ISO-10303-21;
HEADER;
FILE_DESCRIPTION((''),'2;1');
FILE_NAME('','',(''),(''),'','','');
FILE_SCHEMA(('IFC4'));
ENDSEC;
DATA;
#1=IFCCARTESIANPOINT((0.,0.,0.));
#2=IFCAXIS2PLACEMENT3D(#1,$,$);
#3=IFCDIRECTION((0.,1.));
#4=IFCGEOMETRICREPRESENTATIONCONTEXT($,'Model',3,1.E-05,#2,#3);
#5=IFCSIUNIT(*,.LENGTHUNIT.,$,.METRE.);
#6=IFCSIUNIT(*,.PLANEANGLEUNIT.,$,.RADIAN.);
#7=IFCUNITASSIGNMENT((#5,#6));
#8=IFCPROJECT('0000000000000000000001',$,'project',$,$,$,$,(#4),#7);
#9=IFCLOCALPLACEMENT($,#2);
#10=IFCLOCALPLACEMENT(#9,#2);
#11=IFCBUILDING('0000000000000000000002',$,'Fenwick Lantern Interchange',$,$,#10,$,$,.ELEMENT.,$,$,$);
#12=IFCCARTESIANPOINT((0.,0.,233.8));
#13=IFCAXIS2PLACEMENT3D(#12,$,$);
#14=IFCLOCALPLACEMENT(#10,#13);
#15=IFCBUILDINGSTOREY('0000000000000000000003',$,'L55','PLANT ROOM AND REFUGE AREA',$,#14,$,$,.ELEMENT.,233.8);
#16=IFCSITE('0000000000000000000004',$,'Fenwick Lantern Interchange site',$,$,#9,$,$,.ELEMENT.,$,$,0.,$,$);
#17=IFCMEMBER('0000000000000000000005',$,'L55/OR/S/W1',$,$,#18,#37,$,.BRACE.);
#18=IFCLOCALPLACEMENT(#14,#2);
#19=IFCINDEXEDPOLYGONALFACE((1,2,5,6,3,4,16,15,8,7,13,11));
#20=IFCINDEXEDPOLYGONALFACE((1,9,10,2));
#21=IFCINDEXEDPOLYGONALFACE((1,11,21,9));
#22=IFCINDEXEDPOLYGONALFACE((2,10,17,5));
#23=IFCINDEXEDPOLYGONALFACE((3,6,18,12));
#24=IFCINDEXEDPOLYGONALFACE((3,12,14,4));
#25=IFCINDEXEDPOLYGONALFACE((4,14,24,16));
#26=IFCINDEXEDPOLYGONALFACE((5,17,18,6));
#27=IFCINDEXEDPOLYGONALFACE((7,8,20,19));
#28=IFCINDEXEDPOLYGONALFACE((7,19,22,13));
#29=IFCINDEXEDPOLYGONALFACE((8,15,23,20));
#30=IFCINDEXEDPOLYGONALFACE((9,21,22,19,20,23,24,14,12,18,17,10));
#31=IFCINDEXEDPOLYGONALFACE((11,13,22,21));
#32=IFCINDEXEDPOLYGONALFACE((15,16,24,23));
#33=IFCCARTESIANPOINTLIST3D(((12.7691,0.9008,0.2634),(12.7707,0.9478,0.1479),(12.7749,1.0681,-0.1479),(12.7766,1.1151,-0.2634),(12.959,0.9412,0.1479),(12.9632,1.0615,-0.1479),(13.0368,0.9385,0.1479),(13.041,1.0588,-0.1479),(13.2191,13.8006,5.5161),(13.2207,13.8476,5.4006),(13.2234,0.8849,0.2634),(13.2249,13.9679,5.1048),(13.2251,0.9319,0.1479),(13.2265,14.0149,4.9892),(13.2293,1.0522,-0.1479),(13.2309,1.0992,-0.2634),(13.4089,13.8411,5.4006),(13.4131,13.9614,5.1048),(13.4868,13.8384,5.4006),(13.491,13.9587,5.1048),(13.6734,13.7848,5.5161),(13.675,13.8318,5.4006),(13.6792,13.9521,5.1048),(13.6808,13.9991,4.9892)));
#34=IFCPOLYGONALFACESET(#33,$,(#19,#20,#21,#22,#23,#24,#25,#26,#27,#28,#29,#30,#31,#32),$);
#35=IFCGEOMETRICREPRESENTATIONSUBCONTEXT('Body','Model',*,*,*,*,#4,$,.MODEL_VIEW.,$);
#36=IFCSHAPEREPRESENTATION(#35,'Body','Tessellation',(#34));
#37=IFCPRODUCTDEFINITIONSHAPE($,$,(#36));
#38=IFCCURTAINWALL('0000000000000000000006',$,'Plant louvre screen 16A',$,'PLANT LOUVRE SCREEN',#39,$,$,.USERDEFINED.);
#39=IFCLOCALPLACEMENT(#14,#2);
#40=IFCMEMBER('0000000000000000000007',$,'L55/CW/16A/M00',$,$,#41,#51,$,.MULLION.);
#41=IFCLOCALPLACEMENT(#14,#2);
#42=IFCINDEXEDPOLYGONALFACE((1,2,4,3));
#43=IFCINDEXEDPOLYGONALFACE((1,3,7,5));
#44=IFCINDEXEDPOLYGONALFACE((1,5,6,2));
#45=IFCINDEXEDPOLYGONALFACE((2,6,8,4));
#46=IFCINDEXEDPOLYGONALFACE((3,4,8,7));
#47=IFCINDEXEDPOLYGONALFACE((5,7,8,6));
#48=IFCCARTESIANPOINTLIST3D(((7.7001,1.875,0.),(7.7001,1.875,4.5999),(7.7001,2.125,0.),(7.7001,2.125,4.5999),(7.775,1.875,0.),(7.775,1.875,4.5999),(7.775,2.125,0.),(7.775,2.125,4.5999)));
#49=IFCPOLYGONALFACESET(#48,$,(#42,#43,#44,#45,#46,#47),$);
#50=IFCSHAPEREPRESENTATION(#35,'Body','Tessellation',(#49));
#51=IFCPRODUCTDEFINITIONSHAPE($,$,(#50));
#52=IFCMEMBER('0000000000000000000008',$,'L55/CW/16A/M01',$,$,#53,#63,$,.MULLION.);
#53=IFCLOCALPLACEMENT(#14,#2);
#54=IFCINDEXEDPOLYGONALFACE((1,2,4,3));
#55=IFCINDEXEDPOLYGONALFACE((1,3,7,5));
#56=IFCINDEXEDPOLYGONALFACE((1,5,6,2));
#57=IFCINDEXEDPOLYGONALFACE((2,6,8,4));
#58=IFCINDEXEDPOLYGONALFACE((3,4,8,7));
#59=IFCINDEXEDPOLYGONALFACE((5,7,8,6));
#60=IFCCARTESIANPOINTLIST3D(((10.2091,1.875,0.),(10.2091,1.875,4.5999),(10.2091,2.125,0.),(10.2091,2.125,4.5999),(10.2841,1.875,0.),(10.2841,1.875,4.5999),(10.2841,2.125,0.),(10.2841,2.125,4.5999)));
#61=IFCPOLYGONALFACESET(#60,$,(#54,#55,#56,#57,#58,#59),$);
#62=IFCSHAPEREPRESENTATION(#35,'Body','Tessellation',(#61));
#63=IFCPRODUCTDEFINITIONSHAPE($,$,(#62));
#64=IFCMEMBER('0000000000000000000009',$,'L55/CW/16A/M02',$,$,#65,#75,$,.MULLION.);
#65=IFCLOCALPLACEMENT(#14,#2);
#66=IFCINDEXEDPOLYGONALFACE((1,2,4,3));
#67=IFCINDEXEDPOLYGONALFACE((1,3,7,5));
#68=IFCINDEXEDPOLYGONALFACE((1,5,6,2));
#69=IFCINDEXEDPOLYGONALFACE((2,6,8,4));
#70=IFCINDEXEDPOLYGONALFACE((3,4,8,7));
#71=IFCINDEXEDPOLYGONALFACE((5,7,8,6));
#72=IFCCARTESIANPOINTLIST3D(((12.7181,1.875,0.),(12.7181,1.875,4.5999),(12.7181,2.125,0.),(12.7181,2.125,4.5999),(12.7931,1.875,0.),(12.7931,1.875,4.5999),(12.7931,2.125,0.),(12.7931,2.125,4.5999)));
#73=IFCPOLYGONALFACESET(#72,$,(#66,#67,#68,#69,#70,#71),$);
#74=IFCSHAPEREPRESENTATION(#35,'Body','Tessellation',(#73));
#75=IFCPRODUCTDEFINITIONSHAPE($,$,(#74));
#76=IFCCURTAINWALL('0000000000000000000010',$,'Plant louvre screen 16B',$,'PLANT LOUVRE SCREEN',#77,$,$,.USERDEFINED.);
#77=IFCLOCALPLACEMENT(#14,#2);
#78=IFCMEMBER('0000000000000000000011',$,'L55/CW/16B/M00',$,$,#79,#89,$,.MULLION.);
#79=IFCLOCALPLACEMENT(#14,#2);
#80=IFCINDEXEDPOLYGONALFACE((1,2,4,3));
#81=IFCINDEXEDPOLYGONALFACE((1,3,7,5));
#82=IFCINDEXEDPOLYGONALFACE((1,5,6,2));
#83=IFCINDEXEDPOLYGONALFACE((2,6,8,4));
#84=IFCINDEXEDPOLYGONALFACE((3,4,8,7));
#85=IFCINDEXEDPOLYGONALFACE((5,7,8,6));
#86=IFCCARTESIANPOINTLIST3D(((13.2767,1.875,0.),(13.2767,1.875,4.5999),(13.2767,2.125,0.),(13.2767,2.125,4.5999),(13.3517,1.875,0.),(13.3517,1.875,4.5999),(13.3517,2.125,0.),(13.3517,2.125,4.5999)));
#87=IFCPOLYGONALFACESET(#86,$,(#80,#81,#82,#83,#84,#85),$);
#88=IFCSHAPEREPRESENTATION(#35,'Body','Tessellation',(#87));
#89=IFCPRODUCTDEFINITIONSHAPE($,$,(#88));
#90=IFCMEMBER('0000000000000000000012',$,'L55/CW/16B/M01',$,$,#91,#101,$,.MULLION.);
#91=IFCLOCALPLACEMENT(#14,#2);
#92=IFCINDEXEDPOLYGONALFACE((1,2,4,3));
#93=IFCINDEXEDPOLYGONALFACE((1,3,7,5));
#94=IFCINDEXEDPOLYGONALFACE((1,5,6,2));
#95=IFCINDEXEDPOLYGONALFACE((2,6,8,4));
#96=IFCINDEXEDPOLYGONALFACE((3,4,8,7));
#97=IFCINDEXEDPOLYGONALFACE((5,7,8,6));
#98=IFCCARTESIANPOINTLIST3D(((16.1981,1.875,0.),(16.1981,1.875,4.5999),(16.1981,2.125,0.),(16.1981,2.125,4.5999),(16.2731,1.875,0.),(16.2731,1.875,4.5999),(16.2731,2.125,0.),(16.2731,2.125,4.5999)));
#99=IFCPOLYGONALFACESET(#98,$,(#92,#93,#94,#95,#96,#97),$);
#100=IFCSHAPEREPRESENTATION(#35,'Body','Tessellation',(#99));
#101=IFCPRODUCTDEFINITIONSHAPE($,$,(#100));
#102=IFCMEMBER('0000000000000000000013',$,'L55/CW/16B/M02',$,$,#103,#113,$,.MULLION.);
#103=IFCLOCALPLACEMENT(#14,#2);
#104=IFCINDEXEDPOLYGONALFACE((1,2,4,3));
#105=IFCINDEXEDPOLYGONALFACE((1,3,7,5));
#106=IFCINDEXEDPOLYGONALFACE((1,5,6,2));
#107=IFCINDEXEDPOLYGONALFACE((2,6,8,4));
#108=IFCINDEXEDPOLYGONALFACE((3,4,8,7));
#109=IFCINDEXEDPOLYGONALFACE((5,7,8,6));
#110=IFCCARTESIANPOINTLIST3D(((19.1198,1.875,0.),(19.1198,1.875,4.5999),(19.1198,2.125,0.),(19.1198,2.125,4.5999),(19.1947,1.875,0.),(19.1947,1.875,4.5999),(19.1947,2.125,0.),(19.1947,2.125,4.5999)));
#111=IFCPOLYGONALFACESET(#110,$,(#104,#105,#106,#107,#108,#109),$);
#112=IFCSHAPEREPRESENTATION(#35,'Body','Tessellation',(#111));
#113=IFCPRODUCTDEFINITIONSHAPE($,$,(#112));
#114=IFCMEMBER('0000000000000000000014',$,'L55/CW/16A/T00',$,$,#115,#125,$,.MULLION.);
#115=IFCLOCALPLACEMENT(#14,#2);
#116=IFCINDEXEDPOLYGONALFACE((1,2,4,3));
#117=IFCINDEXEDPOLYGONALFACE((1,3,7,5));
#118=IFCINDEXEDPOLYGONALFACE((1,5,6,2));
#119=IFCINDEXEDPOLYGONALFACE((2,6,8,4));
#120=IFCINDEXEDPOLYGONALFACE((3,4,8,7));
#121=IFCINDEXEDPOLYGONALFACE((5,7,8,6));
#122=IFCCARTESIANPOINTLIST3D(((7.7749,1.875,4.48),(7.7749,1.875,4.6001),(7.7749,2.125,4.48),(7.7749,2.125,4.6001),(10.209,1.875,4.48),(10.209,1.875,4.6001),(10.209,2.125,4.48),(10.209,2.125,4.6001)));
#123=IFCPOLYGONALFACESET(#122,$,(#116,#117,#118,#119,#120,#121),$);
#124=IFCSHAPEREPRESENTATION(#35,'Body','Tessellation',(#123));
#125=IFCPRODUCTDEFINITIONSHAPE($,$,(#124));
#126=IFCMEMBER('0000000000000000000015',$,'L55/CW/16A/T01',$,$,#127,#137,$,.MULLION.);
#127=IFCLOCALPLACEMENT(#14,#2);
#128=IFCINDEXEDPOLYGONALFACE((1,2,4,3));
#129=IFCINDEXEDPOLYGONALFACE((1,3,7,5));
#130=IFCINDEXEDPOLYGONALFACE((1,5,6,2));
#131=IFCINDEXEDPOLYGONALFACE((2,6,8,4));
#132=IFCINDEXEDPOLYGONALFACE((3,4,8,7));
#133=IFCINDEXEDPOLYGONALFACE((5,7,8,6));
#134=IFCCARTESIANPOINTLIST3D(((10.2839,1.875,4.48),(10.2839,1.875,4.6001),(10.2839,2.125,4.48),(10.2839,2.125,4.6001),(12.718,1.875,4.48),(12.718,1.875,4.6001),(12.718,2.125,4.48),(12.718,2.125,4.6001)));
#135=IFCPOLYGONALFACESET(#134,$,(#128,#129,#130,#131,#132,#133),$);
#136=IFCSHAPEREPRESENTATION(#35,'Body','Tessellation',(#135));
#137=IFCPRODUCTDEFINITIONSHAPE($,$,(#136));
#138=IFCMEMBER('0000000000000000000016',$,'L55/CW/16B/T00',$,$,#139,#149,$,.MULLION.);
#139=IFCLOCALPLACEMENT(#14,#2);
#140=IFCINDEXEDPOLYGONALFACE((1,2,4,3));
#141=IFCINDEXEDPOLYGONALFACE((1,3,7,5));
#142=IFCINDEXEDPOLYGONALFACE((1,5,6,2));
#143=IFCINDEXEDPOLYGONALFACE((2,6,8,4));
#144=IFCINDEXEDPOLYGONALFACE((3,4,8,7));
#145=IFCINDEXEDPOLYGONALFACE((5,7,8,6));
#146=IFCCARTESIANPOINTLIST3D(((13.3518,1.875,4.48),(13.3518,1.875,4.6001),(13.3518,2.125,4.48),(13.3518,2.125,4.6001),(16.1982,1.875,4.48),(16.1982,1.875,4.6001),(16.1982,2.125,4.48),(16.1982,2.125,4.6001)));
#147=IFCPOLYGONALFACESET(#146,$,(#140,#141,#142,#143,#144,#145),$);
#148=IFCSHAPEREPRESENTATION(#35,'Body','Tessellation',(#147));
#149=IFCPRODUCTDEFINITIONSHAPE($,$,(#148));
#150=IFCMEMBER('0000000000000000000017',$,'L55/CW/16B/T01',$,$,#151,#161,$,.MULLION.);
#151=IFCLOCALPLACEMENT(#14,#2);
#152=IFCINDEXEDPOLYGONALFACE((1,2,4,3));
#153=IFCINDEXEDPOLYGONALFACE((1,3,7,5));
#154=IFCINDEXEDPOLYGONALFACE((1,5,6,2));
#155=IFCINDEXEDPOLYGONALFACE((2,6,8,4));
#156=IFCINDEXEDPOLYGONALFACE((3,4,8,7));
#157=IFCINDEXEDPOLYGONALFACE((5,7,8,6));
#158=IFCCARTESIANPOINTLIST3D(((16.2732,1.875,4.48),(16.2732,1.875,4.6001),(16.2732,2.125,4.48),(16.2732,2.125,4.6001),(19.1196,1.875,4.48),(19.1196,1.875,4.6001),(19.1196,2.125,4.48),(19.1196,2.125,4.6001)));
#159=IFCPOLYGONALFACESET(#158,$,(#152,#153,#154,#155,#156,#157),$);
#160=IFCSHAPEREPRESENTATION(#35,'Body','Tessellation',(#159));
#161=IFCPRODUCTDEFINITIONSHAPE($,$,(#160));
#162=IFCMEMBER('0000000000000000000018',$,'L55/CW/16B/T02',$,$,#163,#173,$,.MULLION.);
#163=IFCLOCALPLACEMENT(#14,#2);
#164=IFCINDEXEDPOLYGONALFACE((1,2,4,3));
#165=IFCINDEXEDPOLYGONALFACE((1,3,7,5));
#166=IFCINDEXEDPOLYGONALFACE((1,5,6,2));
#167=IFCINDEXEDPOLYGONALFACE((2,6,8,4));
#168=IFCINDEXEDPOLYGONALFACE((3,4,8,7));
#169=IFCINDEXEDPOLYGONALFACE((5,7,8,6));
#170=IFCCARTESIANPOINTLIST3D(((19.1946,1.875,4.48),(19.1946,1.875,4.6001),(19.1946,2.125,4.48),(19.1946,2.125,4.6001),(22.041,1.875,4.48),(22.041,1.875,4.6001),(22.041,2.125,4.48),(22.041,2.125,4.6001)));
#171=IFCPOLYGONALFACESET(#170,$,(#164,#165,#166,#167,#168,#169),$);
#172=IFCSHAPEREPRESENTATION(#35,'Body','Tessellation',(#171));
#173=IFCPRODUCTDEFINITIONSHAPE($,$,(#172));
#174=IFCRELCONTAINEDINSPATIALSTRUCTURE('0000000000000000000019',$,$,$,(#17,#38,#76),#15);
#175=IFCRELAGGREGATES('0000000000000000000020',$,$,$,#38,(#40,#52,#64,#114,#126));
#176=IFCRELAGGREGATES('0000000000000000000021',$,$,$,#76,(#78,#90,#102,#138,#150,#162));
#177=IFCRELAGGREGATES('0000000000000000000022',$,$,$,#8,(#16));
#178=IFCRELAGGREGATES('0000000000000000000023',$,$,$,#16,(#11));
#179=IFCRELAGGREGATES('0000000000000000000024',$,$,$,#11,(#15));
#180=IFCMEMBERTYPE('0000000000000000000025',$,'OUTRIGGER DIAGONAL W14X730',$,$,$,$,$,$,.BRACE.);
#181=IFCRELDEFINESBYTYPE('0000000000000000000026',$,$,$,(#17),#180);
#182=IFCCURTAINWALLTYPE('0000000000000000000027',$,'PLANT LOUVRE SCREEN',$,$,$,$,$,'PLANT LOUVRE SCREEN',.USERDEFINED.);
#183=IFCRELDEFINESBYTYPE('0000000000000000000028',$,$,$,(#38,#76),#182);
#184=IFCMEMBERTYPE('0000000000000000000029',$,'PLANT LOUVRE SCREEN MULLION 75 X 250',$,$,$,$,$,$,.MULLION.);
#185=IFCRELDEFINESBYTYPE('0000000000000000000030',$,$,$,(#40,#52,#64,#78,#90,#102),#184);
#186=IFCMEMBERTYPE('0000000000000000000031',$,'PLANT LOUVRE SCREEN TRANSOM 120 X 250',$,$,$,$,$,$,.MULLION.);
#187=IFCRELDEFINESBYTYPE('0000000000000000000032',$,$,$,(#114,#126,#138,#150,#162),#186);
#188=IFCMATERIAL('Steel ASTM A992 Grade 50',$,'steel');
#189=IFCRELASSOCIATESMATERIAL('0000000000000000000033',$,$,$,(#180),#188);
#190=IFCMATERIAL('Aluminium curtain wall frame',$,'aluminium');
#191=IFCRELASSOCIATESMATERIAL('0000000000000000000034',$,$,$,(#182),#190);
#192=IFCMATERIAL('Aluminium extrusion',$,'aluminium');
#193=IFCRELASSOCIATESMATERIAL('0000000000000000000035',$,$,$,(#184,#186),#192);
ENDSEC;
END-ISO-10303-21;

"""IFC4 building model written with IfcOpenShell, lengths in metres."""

from ifc_helpers import new_model, si_unit, direction, frame, origin, origin_2d, place, context, subcontext, project, spatial, rectangle, i_section, extrude, material, material_profile, profile_set, type_object, element, aggregate, save


model = new_model("IFC4")

# Units and contexts
model_context = context("Model", 3, precision=1e-05, world=origin(), true_north=direction((0.0, 1.0)))
body_context = subcontext(model_context, "Body", "Model", "MODEL_VIEW")
ifc_project = project(units=[si_unit("LENGTHUNIT", "METRE"), si_unit("PLANEANGLEUNIT", "RADIAN")], contexts=[model_context])

# Site, building, storey
site_placement = place(None, origin())
site = spatial("IfcSite", under=ifc_project, at=site_placement, Name="Fenwick Lantern Interchange site", CompositionType="ELEMENT", RefElevation=0.0)
building_placement = place(site_placement, origin())
building = spatial("IfcBuilding", under=site, at=building_placement, Name="Fenwick Lantern Interchange", CompositionType="ELEMENT")
storey_placement = place(building_placement, frame((0.0, 0.0, 233.8)))
storey = spatial("IfcBuildingStorey", under=building, at=storey_placement, Name="L55", Description="PLANT ROOM AND REFUGE AREA", CompositionType="ELEMENT", Elevation=233.8)

# Shared definitions
ifc_material_1 = material(Name="Steel ASTM A992 Grade 50", Category="steel")

# Member
ifc_material_profile_1 = material_profile(ifc_material_1, i_section(OverallWidth=0.4546, OverallDepth=0.5688, WebThickness=0.0779, FlangeThickness=0.1248, at=origin_2d()), Name="W14X730")
ifc_profile_set_1 = profile_set([ifc_material_profile_1], Name="Steel ASTM A992 Grade 50")
member_type_1 = type_object("IfcMemberType", Name="OUTRIGGER DIAGONAL W14X730", PredefinedType="BRACE", material=ifc_profile_set_1)
member_1_placement = place(storey_placement, frame((13.0, 1.0, 0.0), z_axis=(0.032288, 0.92568, 0.376926), x_axis=(-0.999392, 0.034859, 0.0)))
element("IfcMember", 1, at=member_1_placement, inside=storey, type_object=member_type_1, Name="L55/OR/S/W1", PredefinedType="BRACE", context=body_context, shape_type="SweptSolid", body=[
    extrude(i_section(OverallWidth=0.4546, OverallDepth=0.5688, WebThickness=0.0779, FlangeThickness=0.1248, at=origin_2d()), origin(), (0.0, 0.0, 1.0), 13.9355),
])

# Curtain walls, members
ifc_material_2 = material(Name="Aluminium curtain wall frame", Category="aluminium")
curtain_wall_type = type_object("IfcCurtainWallType", Name="PLANT LOUVRE SCREEN", ElementType="PLANT LOUVRE SCREEN", PredefinedType="USERDEFINED", material=ifc_material_2)
curtain_wall_1_placement = place(storey_placement, origin())
curtain_wall_1 = element("IfcCurtainWall", 2, at=curtain_wall_1_placement, inside=storey, type_object=curtain_wall_type, Name="Plant louvre screen 16A", ObjectType="PLANT LOUVRE SCREEN", PredefinedType="USERDEFINED")
ifc_material_3 = material(Name="Aluminium extrusion", Category="aluminium")
ifc_material_profile_2 = material_profile(ifc_material_3, rectangle(XDim=0.25, YDim=0.075, at=origin_2d()), Name="PLANT LOUVRE SCREEN MULLION 75 X 250")
ifc_profile_set_2 = profile_set([ifc_material_profile_2], Name="Aluminium extrusion")
member_type_2 = type_object("IfcMemberType", Name="PLANT LOUVRE SCREEN MULLION 75 X 250", PredefinedType="MULLION", material=ifc_profile_set_2)
member_2_placement = place(storey_placement, frame((7.7375, 2.0, 0.0), z_axis=(0.0, 0.0, 1.0), x_axis=(0.0, 1.0, 0.0)))
member_2 = element("IfcMember", 3, at=member_2_placement, type_object=member_type_2, Name="L55/CW/16A/M00", PredefinedType="MULLION", context=body_context, shape_type="SweptSolid", body=[
    extrude(rectangle(XDim=0.25, YDim=0.075, at=origin_2d()), origin(), (0.0, 0.0, 1.0), 4.5999),
])
member_3_placement = place(storey_placement, frame((10.2466, 2.0, 0.0), z_axis=(0.0, 0.0, 1.0), x_axis=(0.0, 1.0, 0.0)))
member_3 = element("IfcMember", 4, at=member_3_placement, type_object=member_type_2, Name="L55/CW/16A/M01", PredefinedType="MULLION", context=body_context, shape_type="SweptSolid", body=[
    extrude(rectangle(XDim=0.25, YDim=0.075, at=origin_2d()), origin(), (0.0, 0.0, 1.0), 4.5999),
])
member_4_placement = place(storey_placement, frame((12.7556, 2.0, 0.0), z_axis=(0.0, 0.0, 1.0), x_axis=(0.0, 1.0, 0.0)))
member_4 = element("IfcMember", 5, at=member_4_placement, type_object=member_type_2, Name="L55/CW/16A/M02", PredefinedType="MULLION", context=body_context, shape_type="SweptSolid", body=[
    extrude(rectangle(XDim=0.25, YDim=0.075, at=origin_2d()), origin(), (0.0, 0.0, 1.0), 4.5999),
])
curtain_wall_2_placement = place(storey_placement, origin())
curtain_wall_2 = element("IfcCurtainWall", 6, at=curtain_wall_2_placement, inside=storey, type_object=curtain_wall_type, Name="Plant louvre screen 16B", ObjectType="PLANT LOUVRE SCREEN", PredefinedType="USERDEFINED")
member_5_placement = place(storey_placement, frame((13.3142, 2.0, 0.0), z_axis=(0.0, 0.0, 1.0), x_axis=(0.0, 1.0, 0.0)))
member_5 = element("IfcMember", 7, at=member_5_placement, type_object=member_type_2, Name="L55/CW/16B/M00", PredefinedType="MULLION", context=body_context, shape_type="SweptSolid", body=[
    extrude(rectangle(XDim=0.25, YDim=0.075, at=origin_2d()), origin(), (0.0, 0.0, 1.0), 4.5999),
])
member_6_placement = place(storey_placement, frame((16.2356, 2.0, 0.0), z_axis=(0.0, 0.0, 1.0), x_axis=(0.0, 1.0, 0.0)))
member_6 = element("IfcMember", 8, at=member_6_placement, type_object=member_type_2, Name="L55/CW/16B/M01", PredefinedType="MULLION", context=body_context, shape_type="SweptSolid", body=[
    extrude(rectangle(XDim=0.25, YDim=0.075, at=origin_2d()), origin(), (0.0, 0.0, 1.0), 4.5999),
])
member_7_placement = place(storey_placement, frame((19.1572, 2.0, 0.0), z_axis=(0.0, 0.0, 1.0), x_axis=(0.0, 1.0, 0.0)))
member_7 = element("IfcMember", 9, at=member_7_placement, type_object=member_type_2, Name="L55/CW/16B/M02", PredefinedType="MULLION", context=body_context, shape_type="SweptSolid", body=[
    extrude(rectangle(XDim=0.25, YDim=0.075, at=origin_2d()), origin(), (0.0, 0.0, 1.0), 4.5999),
])

# Members
ifc_material_profile_3 = material_profile(ifc_material_3, rectangle(XDim=0.25, YDim=0.1201, at=origin_2d()), Name="PLANT LOUVRE SCREEN TRANSOM 120 X 250")
ifc_profile_set_3 = profile_set([ifc_material_profile_3], Name="Aluminium extrusion")
member_type_3 = type_object("IfcMemberType", Name="PLANT LOUVRE SCREEN TRANSOM 120 X 250", PredefinedType="MULLION", material=ifc_profile_set_3)
member_8_placement = place(storey_placement, frame((7.7749, 2.0, 4.54), z_axis=(1.0, 0.0, 0.0), x_axis=(0.0, 1.0, 0.0)))
member_8 = element("IfcMember", 10, at=member_8_placement, type_object=member_type_3, Name="L55/CW/16A/T00", PredefinedType="MULLION", context=body_context, shape_type="SweptSolid", body=[
    extrude(rectangle(XDim=0.25, YDim=0.1201, at=origin_2d()), origin(), (0.0, 0.0, 1.0), 2.4341),
])
member_9_placement = place(storey_placement, frame((10.2839, 2.0, 4.54), z_axis=(1.0, 0.0, 0.0), x_axis=(0.0, 1.0, 0.0)))
member_9 = element("IfcMember", 11, at=member_9_placement, type_object=member_type_3, Name="L55/CW/16A/T01", PredefinedType="MULLION", context=body_context, shape_type="SweptSolid", body=[
    extrude(rectangle(XDim=0.25, YDim=0.1201, at=origin_2d()), origin(), (0.0, 0.0, 1.0), 2.4341),
])
member_10_placement = place(storey_placement, frame((13.3518, 2.0, 4.54), z_axis=(1.0, 0.0, 0.0), x_axis=(0.0, 1.0, 0.0)))
member_10 = element("IfcMember", 12, at=member_10_placement, type_object=member_type_3, Name="L55/CW/16B/T00", PredefinedType="MULLION", context=body_context, shape_type="SweptSolid", body=[
    extrude(rectangle(XDim=0.25, YDim=0.1201, at=origin_2d()), origin(), (0.0, 0.0, 1.0), 2.8464),
])
member_11_placement = place(storey_placement, frame((16.2732, 2.0, 4.54), z_axis=(1.0, 0.0, 0.0), x_axis=(0.0, 1.0, 0.0)))
member_11 = element("IfcMember", 13, at=member_11_placement, type_object=member_type_3, Name="L55/CW/16B/T01", PredefinedType="MULLION", context=body_context, shape_type="SweptSolid", body=[
    extrude(rectangle(XDim=0.25, YDim=0.1201, at=origin_2d()), origin(), (0.0, 0.0, 1.0), 2.8464),
])
member_12_placement = place(storey_placement, frame((19.1946, 2.0, 4.54), z_axis=(1.0, 0.0, 0.0), x_axis=(0.0, 1.0, 0.0)))
member_12 = element("IfcMember", 14, at=member_12_placement, type_object=member_type_3, Name="L55/CW/16B/T02", PredefinedType="MULLION", context=body_context, shape_type="SweptSolid", body=[
    extrude(rectangle(XDim=0.25, YDim=0.1201, at=origin_2d()), origin(), (0.0, 0.0, 1.0), 2.8464),
])

aggregate(curtain_wall_1, [member_2, member_3, member_4, member_8, member_9])
aggregate(curtain_wall_2, [member_5, member_6, member_7, member_10, member_11, member_12])

save(model, "model.ifc")
